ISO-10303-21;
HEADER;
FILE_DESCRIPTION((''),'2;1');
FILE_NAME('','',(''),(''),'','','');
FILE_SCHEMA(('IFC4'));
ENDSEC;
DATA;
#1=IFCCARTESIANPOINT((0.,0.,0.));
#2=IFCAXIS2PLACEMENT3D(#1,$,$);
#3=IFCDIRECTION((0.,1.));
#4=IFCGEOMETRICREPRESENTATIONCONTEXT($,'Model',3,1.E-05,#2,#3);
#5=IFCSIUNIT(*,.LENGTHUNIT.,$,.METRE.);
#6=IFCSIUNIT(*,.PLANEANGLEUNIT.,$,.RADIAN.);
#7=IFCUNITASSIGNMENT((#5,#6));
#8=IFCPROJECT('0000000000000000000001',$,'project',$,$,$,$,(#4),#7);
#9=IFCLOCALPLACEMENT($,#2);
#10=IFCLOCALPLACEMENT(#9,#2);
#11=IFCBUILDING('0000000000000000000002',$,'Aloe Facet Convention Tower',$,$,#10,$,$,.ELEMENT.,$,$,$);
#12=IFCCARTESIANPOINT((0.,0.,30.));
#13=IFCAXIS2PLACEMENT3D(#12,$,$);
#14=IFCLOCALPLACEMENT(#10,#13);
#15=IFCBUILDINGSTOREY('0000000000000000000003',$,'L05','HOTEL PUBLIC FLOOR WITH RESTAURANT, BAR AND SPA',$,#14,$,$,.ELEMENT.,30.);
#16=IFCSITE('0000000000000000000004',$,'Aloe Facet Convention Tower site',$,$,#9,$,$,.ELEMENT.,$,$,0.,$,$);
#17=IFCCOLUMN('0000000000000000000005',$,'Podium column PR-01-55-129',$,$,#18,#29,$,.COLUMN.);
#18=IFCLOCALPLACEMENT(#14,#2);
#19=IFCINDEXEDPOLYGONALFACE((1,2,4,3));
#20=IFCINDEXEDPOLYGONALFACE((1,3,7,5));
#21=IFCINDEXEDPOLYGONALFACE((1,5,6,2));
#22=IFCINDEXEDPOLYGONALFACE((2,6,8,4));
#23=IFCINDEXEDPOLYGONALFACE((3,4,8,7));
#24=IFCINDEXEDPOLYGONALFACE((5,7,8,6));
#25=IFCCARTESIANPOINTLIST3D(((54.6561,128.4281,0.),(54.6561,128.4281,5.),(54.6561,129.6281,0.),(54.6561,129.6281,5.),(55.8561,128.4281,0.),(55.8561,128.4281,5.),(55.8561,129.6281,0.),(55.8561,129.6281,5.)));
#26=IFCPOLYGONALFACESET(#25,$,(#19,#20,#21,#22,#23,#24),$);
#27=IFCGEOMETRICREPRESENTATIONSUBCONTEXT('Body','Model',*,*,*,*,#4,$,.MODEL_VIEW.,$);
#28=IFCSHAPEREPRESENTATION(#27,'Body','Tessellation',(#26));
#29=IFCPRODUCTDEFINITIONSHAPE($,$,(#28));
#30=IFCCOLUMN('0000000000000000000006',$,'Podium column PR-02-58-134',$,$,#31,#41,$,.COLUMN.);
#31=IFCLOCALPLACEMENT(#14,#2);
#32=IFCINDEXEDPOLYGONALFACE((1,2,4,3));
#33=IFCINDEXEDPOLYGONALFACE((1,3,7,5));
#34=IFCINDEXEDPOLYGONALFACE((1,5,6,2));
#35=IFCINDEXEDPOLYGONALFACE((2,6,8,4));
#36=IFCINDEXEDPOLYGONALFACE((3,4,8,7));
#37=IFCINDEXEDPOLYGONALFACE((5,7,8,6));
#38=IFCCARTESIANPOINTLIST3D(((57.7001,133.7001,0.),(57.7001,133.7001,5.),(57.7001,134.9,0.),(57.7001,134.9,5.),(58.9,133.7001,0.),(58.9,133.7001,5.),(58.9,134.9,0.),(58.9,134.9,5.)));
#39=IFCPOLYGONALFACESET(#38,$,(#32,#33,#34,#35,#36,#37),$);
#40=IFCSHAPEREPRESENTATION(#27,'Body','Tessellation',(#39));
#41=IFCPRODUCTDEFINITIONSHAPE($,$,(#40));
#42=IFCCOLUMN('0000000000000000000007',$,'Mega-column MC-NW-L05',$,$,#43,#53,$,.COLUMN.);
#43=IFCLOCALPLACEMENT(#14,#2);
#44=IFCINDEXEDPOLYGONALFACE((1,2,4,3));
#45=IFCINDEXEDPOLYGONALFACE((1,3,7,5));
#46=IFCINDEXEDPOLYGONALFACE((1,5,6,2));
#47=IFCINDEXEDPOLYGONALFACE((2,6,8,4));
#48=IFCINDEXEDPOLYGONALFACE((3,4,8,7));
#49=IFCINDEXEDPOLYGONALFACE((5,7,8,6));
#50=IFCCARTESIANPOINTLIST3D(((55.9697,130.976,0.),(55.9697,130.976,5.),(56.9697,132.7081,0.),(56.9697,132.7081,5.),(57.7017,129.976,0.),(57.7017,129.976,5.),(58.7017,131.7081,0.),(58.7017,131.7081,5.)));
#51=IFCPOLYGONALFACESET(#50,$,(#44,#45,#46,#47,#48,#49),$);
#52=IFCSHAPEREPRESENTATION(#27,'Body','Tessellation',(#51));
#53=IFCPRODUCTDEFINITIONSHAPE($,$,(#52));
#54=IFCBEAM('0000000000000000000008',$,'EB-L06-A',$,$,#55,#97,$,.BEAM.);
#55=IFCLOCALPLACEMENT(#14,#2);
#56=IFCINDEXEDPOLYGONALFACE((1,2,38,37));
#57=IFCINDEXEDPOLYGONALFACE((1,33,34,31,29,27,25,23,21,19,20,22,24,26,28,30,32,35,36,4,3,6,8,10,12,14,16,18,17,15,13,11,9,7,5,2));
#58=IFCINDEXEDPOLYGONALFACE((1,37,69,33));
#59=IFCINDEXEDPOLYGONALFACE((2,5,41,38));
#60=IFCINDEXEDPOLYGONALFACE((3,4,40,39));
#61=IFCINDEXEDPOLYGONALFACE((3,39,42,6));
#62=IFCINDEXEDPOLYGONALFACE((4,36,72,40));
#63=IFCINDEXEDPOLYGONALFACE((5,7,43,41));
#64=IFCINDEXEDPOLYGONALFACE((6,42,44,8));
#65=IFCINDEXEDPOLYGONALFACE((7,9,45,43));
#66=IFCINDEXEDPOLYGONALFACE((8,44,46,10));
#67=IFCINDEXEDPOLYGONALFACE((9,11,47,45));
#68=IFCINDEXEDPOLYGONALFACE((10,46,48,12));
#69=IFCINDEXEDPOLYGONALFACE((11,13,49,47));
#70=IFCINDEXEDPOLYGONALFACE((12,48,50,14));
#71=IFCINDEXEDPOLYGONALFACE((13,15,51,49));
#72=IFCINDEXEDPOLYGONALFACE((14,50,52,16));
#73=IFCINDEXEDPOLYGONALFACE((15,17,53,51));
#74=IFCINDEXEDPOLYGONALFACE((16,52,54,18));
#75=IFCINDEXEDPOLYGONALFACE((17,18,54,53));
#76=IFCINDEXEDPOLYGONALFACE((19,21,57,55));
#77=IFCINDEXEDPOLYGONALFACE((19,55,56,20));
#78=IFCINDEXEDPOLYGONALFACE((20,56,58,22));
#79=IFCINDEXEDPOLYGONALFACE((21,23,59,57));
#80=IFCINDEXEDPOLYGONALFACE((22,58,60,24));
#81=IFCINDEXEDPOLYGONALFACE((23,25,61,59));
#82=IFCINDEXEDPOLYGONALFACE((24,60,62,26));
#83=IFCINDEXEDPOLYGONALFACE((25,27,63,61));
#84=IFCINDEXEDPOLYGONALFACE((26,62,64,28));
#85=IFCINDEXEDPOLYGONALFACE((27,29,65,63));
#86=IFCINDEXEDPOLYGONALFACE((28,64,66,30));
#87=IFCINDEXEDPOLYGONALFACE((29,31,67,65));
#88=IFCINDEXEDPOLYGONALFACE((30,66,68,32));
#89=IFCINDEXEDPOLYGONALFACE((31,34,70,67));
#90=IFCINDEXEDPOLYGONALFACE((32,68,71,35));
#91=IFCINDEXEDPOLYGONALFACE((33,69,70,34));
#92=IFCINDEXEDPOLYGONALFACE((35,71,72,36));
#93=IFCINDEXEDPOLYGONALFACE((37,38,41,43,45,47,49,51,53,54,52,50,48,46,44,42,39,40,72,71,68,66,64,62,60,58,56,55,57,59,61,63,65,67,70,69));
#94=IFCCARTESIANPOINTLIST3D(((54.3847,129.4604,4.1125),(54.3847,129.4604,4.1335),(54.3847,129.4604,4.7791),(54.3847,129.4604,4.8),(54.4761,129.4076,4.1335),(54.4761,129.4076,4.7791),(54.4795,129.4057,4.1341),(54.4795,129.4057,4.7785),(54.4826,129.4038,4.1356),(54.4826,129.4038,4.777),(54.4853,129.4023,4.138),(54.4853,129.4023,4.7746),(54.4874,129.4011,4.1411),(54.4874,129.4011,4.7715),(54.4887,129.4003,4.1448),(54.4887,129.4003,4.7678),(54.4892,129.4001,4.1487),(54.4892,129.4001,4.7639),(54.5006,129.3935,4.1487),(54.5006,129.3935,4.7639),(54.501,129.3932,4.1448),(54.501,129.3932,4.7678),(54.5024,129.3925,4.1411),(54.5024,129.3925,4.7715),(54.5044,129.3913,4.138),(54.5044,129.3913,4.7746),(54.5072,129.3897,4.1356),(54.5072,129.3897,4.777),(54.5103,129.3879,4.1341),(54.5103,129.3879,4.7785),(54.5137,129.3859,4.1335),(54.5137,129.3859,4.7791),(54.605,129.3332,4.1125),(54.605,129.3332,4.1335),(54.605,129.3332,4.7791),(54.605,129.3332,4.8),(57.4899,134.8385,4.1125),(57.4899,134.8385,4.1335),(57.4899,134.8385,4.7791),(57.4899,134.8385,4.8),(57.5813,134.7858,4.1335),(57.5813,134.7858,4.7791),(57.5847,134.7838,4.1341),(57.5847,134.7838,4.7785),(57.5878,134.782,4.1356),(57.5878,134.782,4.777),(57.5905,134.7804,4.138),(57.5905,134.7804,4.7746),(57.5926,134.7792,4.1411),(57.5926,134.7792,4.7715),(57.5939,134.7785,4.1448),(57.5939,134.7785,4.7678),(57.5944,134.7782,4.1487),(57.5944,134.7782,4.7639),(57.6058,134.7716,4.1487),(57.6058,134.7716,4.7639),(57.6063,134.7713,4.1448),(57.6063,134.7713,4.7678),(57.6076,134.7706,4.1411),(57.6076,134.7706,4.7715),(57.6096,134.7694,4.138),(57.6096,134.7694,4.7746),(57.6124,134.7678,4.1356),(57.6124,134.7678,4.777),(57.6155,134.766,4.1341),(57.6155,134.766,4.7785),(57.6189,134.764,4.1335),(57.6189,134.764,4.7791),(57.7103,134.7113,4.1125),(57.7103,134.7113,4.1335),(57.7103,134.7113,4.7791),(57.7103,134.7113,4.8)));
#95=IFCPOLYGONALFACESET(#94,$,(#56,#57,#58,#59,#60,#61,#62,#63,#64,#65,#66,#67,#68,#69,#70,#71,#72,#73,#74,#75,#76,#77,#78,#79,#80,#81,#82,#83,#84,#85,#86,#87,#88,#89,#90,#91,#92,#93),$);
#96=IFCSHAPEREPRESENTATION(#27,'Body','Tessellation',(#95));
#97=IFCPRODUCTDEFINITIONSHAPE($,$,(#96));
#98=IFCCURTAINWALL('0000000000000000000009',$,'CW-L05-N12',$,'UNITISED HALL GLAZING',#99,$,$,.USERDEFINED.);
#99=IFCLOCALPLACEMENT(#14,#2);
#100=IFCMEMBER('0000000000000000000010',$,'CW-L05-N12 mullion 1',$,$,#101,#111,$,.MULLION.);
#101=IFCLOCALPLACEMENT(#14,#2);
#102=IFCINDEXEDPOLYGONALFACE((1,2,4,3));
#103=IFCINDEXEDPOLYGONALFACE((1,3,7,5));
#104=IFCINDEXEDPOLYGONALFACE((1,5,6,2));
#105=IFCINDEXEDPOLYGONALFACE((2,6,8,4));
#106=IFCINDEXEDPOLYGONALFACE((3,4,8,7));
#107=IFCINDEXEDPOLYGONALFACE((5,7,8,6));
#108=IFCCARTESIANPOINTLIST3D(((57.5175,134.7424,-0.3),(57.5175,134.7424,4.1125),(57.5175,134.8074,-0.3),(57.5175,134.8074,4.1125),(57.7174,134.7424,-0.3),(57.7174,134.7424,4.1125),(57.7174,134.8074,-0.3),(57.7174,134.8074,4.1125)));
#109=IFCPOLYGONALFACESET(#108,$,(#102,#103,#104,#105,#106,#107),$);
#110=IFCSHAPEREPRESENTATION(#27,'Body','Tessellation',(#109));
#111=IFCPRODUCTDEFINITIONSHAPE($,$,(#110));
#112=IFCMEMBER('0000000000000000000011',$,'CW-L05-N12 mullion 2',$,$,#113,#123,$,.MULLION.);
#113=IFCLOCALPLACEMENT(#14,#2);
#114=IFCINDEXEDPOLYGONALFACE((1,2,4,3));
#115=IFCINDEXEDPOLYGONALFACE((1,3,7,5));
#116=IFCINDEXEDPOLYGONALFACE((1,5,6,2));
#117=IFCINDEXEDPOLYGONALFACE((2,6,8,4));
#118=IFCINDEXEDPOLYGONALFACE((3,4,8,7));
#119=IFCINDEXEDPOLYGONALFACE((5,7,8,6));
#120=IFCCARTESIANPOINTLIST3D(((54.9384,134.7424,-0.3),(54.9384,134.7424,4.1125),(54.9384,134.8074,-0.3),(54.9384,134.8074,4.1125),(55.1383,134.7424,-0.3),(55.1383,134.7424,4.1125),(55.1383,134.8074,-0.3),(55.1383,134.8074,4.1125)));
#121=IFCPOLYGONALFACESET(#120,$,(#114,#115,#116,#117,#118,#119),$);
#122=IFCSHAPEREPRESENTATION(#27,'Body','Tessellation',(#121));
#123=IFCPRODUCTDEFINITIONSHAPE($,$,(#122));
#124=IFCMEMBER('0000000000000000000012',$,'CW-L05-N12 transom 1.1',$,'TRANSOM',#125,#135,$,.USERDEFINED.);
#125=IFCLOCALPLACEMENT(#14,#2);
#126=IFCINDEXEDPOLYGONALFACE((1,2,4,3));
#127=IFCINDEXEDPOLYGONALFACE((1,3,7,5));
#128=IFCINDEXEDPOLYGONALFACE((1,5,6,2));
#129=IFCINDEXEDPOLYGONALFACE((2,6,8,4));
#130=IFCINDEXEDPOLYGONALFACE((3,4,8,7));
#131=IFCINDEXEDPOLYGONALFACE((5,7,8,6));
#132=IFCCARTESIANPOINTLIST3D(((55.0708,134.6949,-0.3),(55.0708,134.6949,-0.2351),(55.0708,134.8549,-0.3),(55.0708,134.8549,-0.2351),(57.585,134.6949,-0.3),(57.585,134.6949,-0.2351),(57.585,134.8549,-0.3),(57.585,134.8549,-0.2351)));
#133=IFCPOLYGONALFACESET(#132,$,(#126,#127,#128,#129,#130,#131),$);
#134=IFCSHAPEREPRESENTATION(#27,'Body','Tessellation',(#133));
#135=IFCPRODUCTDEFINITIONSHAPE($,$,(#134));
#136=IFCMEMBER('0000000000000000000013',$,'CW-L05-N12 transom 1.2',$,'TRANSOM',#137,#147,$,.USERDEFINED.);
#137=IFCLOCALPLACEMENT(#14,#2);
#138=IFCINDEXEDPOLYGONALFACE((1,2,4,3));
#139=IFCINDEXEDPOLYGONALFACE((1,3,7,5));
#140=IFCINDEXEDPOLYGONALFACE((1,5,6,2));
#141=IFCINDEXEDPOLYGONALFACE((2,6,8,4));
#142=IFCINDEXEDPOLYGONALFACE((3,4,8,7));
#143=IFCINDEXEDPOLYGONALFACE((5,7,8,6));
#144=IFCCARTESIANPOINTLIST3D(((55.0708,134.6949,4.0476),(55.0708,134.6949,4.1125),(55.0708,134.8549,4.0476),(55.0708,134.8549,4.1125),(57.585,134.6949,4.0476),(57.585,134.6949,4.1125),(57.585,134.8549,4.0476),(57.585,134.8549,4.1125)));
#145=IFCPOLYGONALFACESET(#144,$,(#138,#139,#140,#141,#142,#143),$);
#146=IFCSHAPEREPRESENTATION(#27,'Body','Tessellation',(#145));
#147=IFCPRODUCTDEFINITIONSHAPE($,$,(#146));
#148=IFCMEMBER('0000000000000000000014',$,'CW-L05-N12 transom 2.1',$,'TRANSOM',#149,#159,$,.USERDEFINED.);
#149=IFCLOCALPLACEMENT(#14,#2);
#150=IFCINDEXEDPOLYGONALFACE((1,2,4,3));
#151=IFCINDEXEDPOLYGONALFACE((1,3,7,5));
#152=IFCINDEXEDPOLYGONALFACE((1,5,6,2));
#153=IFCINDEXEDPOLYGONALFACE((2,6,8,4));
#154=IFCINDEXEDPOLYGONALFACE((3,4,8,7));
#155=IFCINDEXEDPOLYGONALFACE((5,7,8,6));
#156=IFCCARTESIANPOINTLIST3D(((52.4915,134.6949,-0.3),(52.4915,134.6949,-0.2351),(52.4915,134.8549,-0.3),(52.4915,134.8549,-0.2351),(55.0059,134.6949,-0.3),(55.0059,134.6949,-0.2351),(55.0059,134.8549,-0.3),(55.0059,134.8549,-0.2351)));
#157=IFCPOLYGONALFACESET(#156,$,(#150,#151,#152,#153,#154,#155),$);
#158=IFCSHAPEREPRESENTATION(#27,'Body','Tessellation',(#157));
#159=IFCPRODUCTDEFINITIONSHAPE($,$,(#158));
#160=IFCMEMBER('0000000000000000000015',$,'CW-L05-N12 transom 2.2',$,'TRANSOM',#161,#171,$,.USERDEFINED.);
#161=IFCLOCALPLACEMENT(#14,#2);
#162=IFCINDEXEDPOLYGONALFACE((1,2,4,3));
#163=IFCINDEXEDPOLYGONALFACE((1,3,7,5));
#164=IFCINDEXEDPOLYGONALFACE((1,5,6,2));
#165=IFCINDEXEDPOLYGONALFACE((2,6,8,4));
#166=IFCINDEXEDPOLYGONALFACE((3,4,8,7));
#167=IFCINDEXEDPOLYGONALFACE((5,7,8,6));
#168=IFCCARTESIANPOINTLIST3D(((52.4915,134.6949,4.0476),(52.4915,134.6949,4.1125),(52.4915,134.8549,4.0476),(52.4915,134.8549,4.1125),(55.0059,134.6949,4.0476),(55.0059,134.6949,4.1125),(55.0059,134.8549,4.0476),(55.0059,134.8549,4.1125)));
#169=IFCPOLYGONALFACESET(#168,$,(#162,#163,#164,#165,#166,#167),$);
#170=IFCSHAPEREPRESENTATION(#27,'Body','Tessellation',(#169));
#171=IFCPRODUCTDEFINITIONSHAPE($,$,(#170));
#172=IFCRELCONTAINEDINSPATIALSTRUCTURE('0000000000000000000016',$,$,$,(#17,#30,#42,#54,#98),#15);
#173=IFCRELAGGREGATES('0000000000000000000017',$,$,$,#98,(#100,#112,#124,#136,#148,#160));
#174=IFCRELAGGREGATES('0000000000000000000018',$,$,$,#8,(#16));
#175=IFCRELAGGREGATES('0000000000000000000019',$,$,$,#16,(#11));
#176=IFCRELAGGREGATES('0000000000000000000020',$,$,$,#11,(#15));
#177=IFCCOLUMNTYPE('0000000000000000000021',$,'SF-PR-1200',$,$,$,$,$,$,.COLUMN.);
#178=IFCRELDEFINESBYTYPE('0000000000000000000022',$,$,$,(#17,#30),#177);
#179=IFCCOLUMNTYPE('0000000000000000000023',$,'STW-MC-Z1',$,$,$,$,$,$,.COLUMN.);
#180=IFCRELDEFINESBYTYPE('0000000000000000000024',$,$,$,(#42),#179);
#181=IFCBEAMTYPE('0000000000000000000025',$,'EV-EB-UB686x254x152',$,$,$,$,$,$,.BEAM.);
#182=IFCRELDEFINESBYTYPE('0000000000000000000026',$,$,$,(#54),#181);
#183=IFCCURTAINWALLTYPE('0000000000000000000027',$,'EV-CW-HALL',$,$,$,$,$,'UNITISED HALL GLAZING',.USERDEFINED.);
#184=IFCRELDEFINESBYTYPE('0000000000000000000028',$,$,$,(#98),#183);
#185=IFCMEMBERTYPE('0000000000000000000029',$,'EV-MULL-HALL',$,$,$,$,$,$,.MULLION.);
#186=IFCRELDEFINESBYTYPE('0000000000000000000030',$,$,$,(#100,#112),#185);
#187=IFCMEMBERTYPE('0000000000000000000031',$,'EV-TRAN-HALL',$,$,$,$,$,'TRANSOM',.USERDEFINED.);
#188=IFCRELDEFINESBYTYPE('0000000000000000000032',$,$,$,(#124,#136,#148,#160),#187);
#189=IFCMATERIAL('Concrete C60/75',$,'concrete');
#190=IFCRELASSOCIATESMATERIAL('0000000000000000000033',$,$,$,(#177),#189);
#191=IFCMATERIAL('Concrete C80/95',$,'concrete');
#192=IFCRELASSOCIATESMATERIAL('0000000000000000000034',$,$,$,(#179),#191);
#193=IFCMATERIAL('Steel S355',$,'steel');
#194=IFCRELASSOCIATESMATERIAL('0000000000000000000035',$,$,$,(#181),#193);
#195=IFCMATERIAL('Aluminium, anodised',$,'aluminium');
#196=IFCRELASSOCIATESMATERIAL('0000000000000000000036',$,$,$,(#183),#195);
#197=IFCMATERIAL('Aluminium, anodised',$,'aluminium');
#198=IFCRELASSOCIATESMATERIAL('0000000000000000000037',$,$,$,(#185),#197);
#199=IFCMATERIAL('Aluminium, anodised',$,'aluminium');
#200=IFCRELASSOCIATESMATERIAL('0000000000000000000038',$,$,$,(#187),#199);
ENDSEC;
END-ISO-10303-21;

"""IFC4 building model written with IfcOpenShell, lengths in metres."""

from ifc_helpers import new_model, si_unit, direction, frame, origin, origin_2d, place, context, subcontext, project, spatial, rectangle, i_section, extrude, material, material_profile, profile_set, type_object, element, aggregate, save


model = new_model("IFC4")

# Units and contexts
model_context = context("Model", 3, precision=1e-05, world=origin(), true_north=direction((0.0, 1.0)))
body_context = subcontext(model_context, "Body", "Model", "MODEL_VIEW")
ifc_project = project(units=[si_unit("LENGTHUNIT", "METRE"), si_unit("PLANEANGLEUNIT", "RADIAN")], contexts=[model_context])

# Site, building, storey
site_placement = place(None, origin())
site = spatial("IfcSite", under=ifc_project, at=site_placement, Name="Aloe Facet Convention Tower site", CompositionType="ELEMENT", RefElevation=0.0)
building_placement = place(site_placement, origin())
building = spatial("IfcBuilding", under=site, at=building_placement, Name="Aloe Facet Convention Tower", CompositionType="ELEMENT")
storey_placement = place(building_placement, frame((0.0, 0.0, 30.0)))
storey = spatial("IfcBuildingStorey", under=building, at=storey_placement, Name="L05", Description="HOTEL PUBLIC FLOOR WITH RESTAURANT, BAR AND SPA", CompositionType="ELEMENT", Elevation=30.0)

# Columns
ifc_material_1 = material(Name="Concrete C60/75", Category="concrete")
ifc_material_profile_1 = material_profile(ifc_material_1, rectangle(XDim=1.2, YDim=1.2, at=origin_2d()), Name="SF-PR-1200")
ifc_profile_set_1 = profile_set([ifc_material_profile_1], Name="Concrete C60/75")
column_type_1 = type_object("IfcColumnType", Name="SF-PR-1200", PredefinedType="COLUMN", material=ifc_profile_set_1)
for number, where, z_axis, x_axis, name in (
    (1, (55.2561, 129.0281, 0.0), (0.0, 0.0, 1.0), (1.0, 0.0, 0.0), "Podium column PR-01-55-129"),
    (2, (58.3, 134.3, 0.0), (0.0, 0.0, 1.0), (1.0, 0.0, 0.0), "Podium column PR-02-58-134"),
):
    element("IfcColumn", number, at=place(storey_placement, frame(where, z_axis=z_axis, x_axis=x_axis)), inside=storey, type_object=column_type_1, Name=name, PredefinedType="COLUMN", context=body_context, shape_type="SweptSolid", body=[
        extrude(rectangle(XDim=1.2, YDim=1.2, at=origin_2d()), origin(), (0.0, 0.0, 1.0), 5.0),
    ])
ifc_material_2 = material(Name="Concrete C80/95", Category="concrete")
ifc_material_profile_2 = material_profile(ifc_material_2, rectangle(XDim=2.0, YDim=2.0, at=origin_2d()), Name="STW-MC-Z1")
ifc_profile_set_2 = profile_set([ifc_material_profile_2], Name="Concrete C80/95")
column_type_2 = type_object("IfcColumnType", Name="STW-MC-Z1", PredefinedType="COLUMN", material=ifc_profile_set_2)
column_placement = place(storey_placement, frame((57.3357, 131.342, 0.0), z_axis=(0.0, 0.0, 1.0), x_axis=(-0.5, -0.866025, 0.0)))
element("IfcColumn", 3, at=column_placement, inside=storey, type_object=column_type_2, Name="Mega-column MC-NW-L05", PredefinedType="COLUMN", context=body_context, shape_type="SweptSolid", body=[
    extrude(rectangle(XDim=2.0, YDim=2.0, at=origin_2d()), origin(), (0.0, 0.0, 1.0), 5.0),
])

# Beam
ifc_material_3 = material(Name="Steel S355", Category="steel")
ifc_material_profile_3 = material_profile(ifc_material_3, i_section(OverallWidth=0.2544, OverallDepth=0.6875, WebThickness=0.0132, FlangeThickness=0.021, FilletRadius=0.0151, at=origin_2d()), Name="UB 686x254x152")
ifc_profile_set_3 = profile_set([ifc_material_profile_3], Name="Steel S355")
beam_type_1 = type_object("IfcBeamType", Name="EV-EB-UB686x254x152", PredefinedType="BEAM", material=ifc_profile_set_3)
beam_1_placement = place(storey_placement, frame((57.6001, 134.7749, 4.4563), z_axis=(-0.500016, -0.866016, 0.0), x_axis=(0.866016, -0.500016, 0.0)))
element("IfcBeam", 4, at=beam_1_placement, inside=storey, type_object=beam_type_1, Name="EB-L06-A", PredefinedType="BEAM", context=body_context, shape_type="SweptSolid", body=[
    extrude(i_section(OverallWidth=0.2544, OverallDepth=0.6875, WebThickness=0.0132, FlangeThickness=0.021, FilletRadius=0.0151, at=origin_2d()), origin(), (0.0, 0.0, 1.0), 6.2102),
])

# Curtain wall, members
ifc_material_4 = material(Name="Aluminium, anodised", Category="aluminium")
curtain_wall_type = type_object("IfcCurtainWallType", Name="EV-CW-HALL", ElementType="UNITISED HALL GLAZING", PredefinedType="USERDEFINED", material=ifc_material_4)
curtain_wall_placement = place(storey_placement, origin())
curtain_wall = element("IfcCurtainWall", 5, at=curtain_wall_placement, inside=storey, type_object=curtain_wall_type, Name="CW-L05-N12", ObjectType="UNITISED HALL GLAZING", PredefinedType="USERDEFINED")
ifc_material_5 = material(Name="Aluminium, anodised", Category="aluminium")
ifc_material_profile_4 = material_profile(ifc_material_5, rectangle(XDim=0.0649, YDim=0.2, at=origin_2d()), Name="AL 65x200")
ifc_profile_set_4 = profile_set([ifc_material_profile_4], Name="Aluminium, anodised")
member_type_1 = type_object("IfcMemberType", Name="EV-MULL-HALL", PredefinedType="MULLION", material=ifc_profile_set_4)
member_1_placement = place(storey_placement, frame((57.6174, 134.7749, -0.3), z_axis=(0.0, 0.0, 1.0), x_axis=(0.0, -1.0, 0.0)))
member_1 = element("IfcMember", 6, at=member_1_placement, type_object=member_type_1, Name="CW-L05-N12 mullion 1", PredefinedType="MULLION", context=body_context, shape_type="SweptSolid", body=[
    extrude(rectangle(XDim=0.0649, YDim=0.2, at=origin_2d()), origin(), (0.0, 0.0, 1.0), 4.4126),
])
member_2_placement = place(storey_placement, frame((55.0383, 134.7749, -0.3), z_axis=(0.0, 0.0, 1.0), x_axis=(0.0, -1.0, 0.0)))
member_2 = element("IfcMember", 7, at=member_2_placement, type_object=member_type_1, Name="CW-L05-N12 mullion 2", PredefinedType="MULLION", context=body_context, shape_type="SweptSolid", body=[
    extrude(rectangle(XDim=0.0649, YDim=0.2, at=origin_2d()), origin(), (0.0, 0.0, 1.0), 4.4126),
])
ifc_material_6 = material(Name="Aluminium, anodised", Category="aluminium")
ifc_material_profile_5 = material_profile(ifc_material_6, rectangle(XDim=0.1599, YDim=0.0649, at=origin_2d()), Name="AL 160x65")
ifc_profile_set_5 = profile_set([ifc_material_profile_5], Name="Aluminium, anodised")
member_type_2 = type_object("IfcMemberType", Name="EV-TRAN-HALL", ElementType="TRANSOM", PredefinedType="USERDEFINED", material=ifc_profile_set_5)
member_3_placement = place(storey_placement, frame((57.585, 134.7749, -0.2676), z_axis=(-1.0, 0.0, 0.0), x_axis=(0.0, -1.0, 0.0)))
member_3 = element("IfcMember", 8, at=member_3_placement, type_object=member_type_2, Name="CW-L05-N12 transom 1.1", ObjectType="TRANSOM", PredefinedType="USERDEFINED", context=body_context, shape_type="SweptSolid", body=[
    extrude(rectangle(XDim=0.1599, YDim=0.0649, at=origin_2d()), origin(), (0.0, 0.0, 1.0), 2.5142),
])
member_4_placement = place(storey_placement, frame((57.585, 134.7749, 4.0801), z_axis=(-1.0, 0.0, 0.0), x_axis=(0.0, -1.0, 0.0)))
member_4 = element("IfcMember", 9, at=member_4_placement, type_object=member_type_2, Name="CW-L05-N12 transom 1.2", ObjectType="TRANSOM", PredefinedType="USERDEFINED", context=body_context, shape_type="SweptSolid", body=[
    extrude(rectangle(XDim=0.1599, YDim=0.0649, at=origin_2d()), origin(), (0.0, 0.0, 1.0), 2.5142),
])
member_5_placement = place(storey_placement, frame((55.0059, 134.7749, -0.2676), z_axis=(-1.0, 0.0, 0.0), x_axis=(0.0, -1.0, 0.0)))
member_5 = element("IfcMember", 10, at=member_5_placement, type_object=member_type_2, Name="CW-L05-N12 transom 2.1", ObjectType="TRANSOM", PredefinedType="USERDEFINED", context=body_context, shape_type="SweptSolid", body=[
    extrude(rectangle(XDim=0.1599, YDim=0.0649, at=origin_2d()), origin(), (0.0, 0.0, 1.0), 2.5144),
])
member_6_placement = place(storey_placement, frame((55.0059, 134.7749, 4.0801), z_axis=(-1.0, 0.0, 0.0), x_axis=(0.0, -1.0, 0.0)))
member_6 = element("IfcMember", 11, at=member_6_placement, type_object=member_type_2, Name="CW-L05-N12 transom 2.2", ObjectType="TRANSOM", PredefinedType="USERDEFINED", context=body_context, shape_type="SweptSolid", body=[
    extrude(rectangle(XDim=0.1599, YDim=0.0649, at=origin_2d()), origin(), (0.0, 0.0, 1.0), 2.5144),
])

aggregate(curtain_wall, [member_1, member_2, member_3, member_4, member_5, member_6])

save(model, "model.ifc")
